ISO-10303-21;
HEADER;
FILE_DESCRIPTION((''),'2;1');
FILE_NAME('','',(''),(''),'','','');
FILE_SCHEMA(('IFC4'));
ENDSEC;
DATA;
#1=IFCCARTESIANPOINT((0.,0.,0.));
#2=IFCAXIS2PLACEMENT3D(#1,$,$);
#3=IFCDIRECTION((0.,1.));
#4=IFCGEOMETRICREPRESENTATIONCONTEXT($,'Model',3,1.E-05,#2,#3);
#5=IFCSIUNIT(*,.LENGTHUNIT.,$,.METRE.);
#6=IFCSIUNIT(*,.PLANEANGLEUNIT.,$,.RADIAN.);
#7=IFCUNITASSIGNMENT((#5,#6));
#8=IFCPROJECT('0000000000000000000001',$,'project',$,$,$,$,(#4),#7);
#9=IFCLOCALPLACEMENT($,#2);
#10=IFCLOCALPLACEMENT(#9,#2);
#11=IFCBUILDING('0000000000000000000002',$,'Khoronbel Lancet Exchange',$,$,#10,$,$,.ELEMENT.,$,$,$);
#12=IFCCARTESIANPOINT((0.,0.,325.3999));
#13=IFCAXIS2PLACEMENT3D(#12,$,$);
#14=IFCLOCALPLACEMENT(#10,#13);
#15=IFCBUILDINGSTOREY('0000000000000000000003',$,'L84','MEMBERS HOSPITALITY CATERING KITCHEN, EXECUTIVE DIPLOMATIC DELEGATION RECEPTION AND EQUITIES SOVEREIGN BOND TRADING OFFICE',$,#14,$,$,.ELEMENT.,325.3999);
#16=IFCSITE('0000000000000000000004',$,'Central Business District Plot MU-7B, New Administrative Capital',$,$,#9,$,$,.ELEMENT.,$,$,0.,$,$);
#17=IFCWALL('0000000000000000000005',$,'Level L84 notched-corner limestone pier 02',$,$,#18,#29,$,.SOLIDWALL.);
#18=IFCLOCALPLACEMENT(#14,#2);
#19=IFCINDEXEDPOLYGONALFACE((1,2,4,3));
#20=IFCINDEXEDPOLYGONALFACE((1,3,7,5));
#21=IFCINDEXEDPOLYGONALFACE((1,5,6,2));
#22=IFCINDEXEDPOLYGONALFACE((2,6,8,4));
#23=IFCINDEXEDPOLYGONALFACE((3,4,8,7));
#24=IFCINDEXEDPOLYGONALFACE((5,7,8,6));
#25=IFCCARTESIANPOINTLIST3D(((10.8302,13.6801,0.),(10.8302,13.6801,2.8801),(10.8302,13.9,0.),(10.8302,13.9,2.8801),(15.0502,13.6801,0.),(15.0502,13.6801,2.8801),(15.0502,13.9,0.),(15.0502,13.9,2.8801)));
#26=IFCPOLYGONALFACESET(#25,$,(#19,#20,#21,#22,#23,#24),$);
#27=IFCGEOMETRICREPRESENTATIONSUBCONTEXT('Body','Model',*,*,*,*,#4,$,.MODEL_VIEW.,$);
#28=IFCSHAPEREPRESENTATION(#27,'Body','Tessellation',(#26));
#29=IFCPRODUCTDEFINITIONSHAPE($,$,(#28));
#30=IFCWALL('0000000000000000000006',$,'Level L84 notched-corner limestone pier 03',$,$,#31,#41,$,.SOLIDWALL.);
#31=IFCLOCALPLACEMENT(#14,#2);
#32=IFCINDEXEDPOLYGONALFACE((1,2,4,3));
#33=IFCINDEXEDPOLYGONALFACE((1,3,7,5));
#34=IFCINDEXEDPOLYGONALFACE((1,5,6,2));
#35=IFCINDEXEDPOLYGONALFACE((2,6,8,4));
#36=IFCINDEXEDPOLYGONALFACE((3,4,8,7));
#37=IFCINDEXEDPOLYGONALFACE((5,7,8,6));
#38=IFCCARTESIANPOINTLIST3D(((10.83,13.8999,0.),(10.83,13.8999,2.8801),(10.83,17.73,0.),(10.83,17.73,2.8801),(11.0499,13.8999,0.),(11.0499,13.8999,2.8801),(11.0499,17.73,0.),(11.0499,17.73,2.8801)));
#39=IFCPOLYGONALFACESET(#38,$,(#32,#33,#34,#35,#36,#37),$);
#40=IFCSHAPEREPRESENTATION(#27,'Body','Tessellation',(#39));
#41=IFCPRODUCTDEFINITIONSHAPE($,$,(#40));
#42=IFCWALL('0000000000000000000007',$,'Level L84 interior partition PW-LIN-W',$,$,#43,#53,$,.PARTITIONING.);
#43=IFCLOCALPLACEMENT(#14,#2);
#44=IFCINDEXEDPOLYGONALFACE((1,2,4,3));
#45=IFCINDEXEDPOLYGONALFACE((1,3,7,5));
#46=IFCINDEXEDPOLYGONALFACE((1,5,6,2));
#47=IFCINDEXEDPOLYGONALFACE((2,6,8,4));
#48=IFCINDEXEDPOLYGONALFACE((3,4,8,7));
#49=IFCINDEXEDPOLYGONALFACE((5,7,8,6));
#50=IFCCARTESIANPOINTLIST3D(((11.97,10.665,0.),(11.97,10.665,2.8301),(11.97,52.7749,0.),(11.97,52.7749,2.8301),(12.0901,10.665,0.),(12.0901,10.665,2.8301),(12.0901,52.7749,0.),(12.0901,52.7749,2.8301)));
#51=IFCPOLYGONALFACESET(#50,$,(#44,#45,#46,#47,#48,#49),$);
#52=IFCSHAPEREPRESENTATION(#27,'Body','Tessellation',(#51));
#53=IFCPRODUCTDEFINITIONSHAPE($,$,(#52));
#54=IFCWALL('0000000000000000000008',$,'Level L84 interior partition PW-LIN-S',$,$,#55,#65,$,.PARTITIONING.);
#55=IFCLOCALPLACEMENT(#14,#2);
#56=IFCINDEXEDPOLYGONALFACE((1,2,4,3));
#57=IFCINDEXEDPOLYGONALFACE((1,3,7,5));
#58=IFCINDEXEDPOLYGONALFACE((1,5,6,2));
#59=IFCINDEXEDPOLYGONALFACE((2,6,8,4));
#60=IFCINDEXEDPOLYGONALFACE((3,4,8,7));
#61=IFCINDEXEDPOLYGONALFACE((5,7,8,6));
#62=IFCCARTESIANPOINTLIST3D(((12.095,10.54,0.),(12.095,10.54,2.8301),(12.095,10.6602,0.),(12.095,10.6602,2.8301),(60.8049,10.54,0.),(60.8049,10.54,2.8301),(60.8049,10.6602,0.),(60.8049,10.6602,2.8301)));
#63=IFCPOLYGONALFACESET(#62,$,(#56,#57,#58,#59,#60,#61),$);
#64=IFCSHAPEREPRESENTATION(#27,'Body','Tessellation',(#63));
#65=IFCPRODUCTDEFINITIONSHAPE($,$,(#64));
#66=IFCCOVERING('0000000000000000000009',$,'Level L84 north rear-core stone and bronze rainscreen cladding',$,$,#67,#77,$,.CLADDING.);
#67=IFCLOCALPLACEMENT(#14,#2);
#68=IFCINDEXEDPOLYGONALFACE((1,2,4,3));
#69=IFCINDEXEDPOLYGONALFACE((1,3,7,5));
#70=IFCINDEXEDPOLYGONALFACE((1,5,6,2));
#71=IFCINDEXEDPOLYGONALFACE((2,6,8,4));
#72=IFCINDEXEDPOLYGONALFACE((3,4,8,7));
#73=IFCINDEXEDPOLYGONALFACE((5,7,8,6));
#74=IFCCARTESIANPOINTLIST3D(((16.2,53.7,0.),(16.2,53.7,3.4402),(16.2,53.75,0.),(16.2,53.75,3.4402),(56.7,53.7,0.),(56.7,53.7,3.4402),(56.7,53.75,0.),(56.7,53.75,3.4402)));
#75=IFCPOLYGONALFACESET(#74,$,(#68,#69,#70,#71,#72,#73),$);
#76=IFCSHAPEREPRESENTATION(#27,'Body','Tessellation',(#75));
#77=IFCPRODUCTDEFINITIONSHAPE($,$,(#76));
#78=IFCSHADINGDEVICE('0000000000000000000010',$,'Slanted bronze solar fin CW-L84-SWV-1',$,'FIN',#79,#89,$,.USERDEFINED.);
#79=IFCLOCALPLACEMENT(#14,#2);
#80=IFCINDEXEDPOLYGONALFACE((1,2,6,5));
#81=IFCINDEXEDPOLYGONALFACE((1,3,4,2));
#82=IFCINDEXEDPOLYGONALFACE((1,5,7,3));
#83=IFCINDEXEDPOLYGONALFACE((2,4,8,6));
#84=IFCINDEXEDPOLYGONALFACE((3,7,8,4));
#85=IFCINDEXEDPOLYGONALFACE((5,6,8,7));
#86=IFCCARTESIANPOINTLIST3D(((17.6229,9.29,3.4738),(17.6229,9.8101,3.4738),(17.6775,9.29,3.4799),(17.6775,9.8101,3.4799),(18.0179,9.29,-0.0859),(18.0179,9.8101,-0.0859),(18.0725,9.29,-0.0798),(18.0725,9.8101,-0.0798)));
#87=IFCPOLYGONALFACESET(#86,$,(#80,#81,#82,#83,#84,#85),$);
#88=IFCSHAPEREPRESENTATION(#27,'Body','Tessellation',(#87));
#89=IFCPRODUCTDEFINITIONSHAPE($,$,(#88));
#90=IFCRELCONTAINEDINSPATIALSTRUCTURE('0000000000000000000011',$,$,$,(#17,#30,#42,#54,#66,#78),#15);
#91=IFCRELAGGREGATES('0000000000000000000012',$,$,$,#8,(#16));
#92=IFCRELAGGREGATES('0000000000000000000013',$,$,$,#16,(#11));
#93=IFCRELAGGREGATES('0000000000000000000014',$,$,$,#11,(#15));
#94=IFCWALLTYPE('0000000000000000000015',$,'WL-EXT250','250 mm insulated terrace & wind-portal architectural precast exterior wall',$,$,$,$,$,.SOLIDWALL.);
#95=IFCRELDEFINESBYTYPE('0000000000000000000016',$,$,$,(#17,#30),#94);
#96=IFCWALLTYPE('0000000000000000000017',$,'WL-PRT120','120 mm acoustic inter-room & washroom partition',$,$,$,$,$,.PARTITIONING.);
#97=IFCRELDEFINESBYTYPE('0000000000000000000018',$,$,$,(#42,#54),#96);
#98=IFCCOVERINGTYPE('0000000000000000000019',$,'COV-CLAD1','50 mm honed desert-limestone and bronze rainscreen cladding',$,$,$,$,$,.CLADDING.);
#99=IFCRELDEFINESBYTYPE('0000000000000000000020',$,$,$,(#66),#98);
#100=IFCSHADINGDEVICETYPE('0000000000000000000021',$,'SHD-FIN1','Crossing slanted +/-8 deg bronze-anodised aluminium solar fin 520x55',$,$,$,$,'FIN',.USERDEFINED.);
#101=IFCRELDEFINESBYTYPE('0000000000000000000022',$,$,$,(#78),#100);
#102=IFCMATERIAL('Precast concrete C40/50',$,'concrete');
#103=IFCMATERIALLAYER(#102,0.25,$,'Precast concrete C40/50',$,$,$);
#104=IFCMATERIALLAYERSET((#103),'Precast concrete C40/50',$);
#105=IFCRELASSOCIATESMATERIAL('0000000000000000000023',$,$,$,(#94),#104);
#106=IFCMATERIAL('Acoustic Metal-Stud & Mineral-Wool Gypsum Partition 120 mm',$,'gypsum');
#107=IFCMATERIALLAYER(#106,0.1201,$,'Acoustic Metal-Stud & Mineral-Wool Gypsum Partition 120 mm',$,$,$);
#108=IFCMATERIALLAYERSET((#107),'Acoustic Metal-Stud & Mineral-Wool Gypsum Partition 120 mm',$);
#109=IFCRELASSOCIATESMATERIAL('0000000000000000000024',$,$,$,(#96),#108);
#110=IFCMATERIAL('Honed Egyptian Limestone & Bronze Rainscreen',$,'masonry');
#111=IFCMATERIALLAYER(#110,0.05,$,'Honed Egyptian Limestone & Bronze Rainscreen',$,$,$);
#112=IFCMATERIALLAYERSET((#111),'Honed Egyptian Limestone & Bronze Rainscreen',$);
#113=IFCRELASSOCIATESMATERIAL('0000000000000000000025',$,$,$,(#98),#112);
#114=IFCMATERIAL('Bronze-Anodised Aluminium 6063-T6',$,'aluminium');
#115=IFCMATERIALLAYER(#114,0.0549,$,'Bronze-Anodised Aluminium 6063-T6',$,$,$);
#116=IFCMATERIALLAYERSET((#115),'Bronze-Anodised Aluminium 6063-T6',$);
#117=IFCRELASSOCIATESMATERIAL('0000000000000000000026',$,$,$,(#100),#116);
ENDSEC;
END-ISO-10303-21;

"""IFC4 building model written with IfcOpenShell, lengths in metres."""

from ifc_helpers import new_model, si_unit, direction, frame, frame_2d, origin, place, context, subcontext, project, spatial, polyline, rectangle, outline, extrude, material, layer, layer_set, type_object, element, save


model = new_model("IFC4")

# Units and contexts
model_context = context("Model", 3, precision=1e-05, world=origin(), true_north=direction((0.0, 1.0)))
body_context = subcontext(model_context, "Body", "Model", "MODEL_VIEW")
ifc_project = project(units=[si_unit("LENGTHUNIT", "METRE"), si_unit("PLANEANGLEUNIT", "RADIAN")], contexts=[model_context])

# Site, building, storey
site_placement = place(None, origin())
site = spatial("IfcSite", under=ifc_project, at=site_placement, Name="Central Business District Plot MU-7B, New Administrative Capital", CompositionType="ELEMENT", RefElevation=0.0)
building_placement = place(site_placement, origin())
building = spatial("IfcBuilding", under=site, at=building_placement, Name="Khoronbel Lancet Exchange", CompositionType="ELEMENT")
storey_placement = place(building_placement, frame((0.0, 0.0, 325.3999)))
storey = spatial("IfcBuildingStorey", under=building, at=storey_placement, Name="L84", Description="MEMBERS HOSPITALITY CATERING KITCHEN, EXECUTIVE DIPLOMATIC DELEGATION RECEPTION AND EQUITIES SOVEREIGN BOND TRADING OFFICE", CompositionType="ELEMENT", Elevation=325.3999)

# Shared definitions
ifc_material_1 = material(Name="Bronze-Anodised Aluminium 6063-T6", Category="aluminium")

# Walls
ifc_material_2 = material(Name="Precast concrete C40/50", Category="concrete")
ifc_layer_1 = layer(ifc_material_2, 0.25, Name="Precast concrete C40/50")
ifc_layer_set_1 = layer_set([ifc_layer_1], Name="Precast concrete C40/50")
wall_type_1 = type_object("IfcWallType", Name="WL-EXT250", Description="250 mm insulated terrace & wind-portal architectural precast exterior wall", PredefinedType="SOLIDWALL", material=ifc_layer_set_1)
wall_1_placement = place(storey_placement, frame((15.05, 13.79, 0.0), z_axis=(0.0, 0.0, 1.0), x_axis=(-1.0, 0.0, 0.0)))
element("IfcWall", 1, at=wall_1_placement, inside=storey, type_object=wall_type_1, Name="Level L84 notched-corner limestone pier 02", PredefinedType="SOLIDWALL", context=body_context, shape_type="SweptSolid", body=[
    extrude(rectangle(XDim=4.22, YDim=0.22, at=frame_2d((2.1099, 0.0))), origin(), (0.0, 0.0, 1.0), 2.8801),
])
wall_2_placement = place(storey_placement, frame((10.9399, 13.8999, 0.0), z_axis=(0.0, 0.0, 1.0), x_axis=(0.0, 1.0, 0.0)))
element("IfcWall", 2, at=wall_2_placement, inside=storey, type_object=wall_type_1, Name="Level L84 notched-corner limestone pier 03", PredefinedType="SOLIDWALL", context=body_context, shape_type="SweptSolid", body=[
    extrude(rectangle(XDim=3.8301, YDim=0.22, at=frame_2d((1.915, 0.0))), origin(), (0.0, 0.0, 1.0), 2.8801),
])
ifc_material_3 = material(Name="Acoustic Metal-Stud & Mineral-Wool Gypsum Partition 120 mm", Category="gypsum")
ifc_layer_2 = layer(ifc_material_3, 0.1201, Name="Acoustic Metal-Stud & Mineral-Wool Gypsum Partition 120 mm")
ifc_layer_set_2 = layer_set([ifc_layer_2], Name="Acoustic Metal-Stud & Mineral-Wool Gypsum Partition 120 mm")
wall_type_2 = type_object("IfcWallType", Name="WL-PRT120", Description="120 mm acoustic inter-room & washroom partition", PredefinedType="PARTITIONING", material=ifc_layer_set_2)
wall_3_placement = place(storey_placement, frame((12.03, 10.665, 0.0), z_axis=(0.0, 0.0, 1.0), x_axis=(0.0, 1.0, 0.0)))
element("IfcWall", 3, at=wall_3_placement, inside=storey, type_object=wall_type_2, Name="Level L84 interior partition PW-LIN-W", PredefinedType="PARTITIONING", context=body_context, shape_type="SweptSolid", body=[
    extrude(rectangle(XDim=42.1099, YDim=0.1201, at=frame_2d((21.0549, 0.0))), origin(), (0.0, 0.0, 1.0), 2.8301),
])
wall_4_placement = place(storey_placement, frame((12.095, 10.6001, 0.0), z_axis=(0.0, 0.0, 1.0), x_axis=(1.0, 0.0, 0.0)))
element("IfcWall", 4, at=wall_4_placement, inside=storey, type_object=wall_type_2, Name="Level L84 interior partition PW-LIN-S", PredefinedType="PARTITIONING", context=body_context, shape_type="SweptSolid", body=[
    extrude(rectangle(XDim=48.71, YDim=0.1201, at=frame_2d((24.355, 0.0))), origin(), (0.0, 0.0, 1.0), 2.8301),
])

# Covering
ifc_material_4 = material(Name="Honed Egyptian Limestone & Bronze Rainscreen", Category="masonry")
ifc_layer_3 = layer(ifc_material_4, 0.05, Name="Honed Egyptian Limestone & Bronze Rainscreen")
ifc_layer_set_3 = layer_set([ifc_layer_3], Name="Honed Egyptian Limestone & Bronze Rainscreen")
covering_type = type_object("IfcCoveringType", Name="COV-CLAD1", Description="50 mm honed desert-limestone and bronze rainscreen cladding", PredefinedType="CLADDING", material=ifc_layer_set_3)
covering_placement = place(storey_placement, origin())
element("IfcCovering", 5, at=covering_placement, inside=storey, type_object=covering_type, Name="Level L84 north rear-core stone and bronze rainscreen cladding", PredefinedType="CLADDING", context=body_context, shape_type="SweptSolid", body=[
    extrude(outline(polyline([(16.2, 53.7), (56.7, 53.7), (56.7, 53.75), (16.2, 53.75), (16.2, 53.7)])), origin(), (0.0, 0.0, 1.0), 3.4402),
])

# Shading device
ifc_layer_4 = layer(ifc_material_1, 0.0549, Name="Bronze-Anodised Aluminium 6063-T6")
ifc_layer_set_4 = layer_set([ifc_layer_4], Name="Bronze-Anodised Aluminium 6063-T6")
shading_device_type = type_object("IfcShadingDeviceType", Name="SHD-FIN1", Description="Crossing slanted +/-8 deg bronze-anodised aluminium solar fin 520x55", ElementType="FIN", PredefinedType="USERDEFINED", material=ifc_layer_set_4)
shading_device_placement = place(storey_placement, frame((18.0725, 9.8101, -0.0798), z_axis=(0.9939, 0.0, 0.110289), x_axis=(0.0, -1.0, 0.0)))
element("IfcShadingDevice", 6, at=shading_device_placement, inside=storey, type_object=shading_device_type, Name="Slanted bronze solar fin CW-L84-SWV-1", ObjectType="FIN", PredefinedType="USERDEFINED", context=body_context, shape_type="SweptSolid", body=[
    extrude(outline(polyline([(0.0, 0.0), (0.52, 0.0), (0.52, -3.5815), (0.0, -3.5815), (0.0, 0.0)])), origin(), (0.0, 0.0, -1.0), 0.0549),
])

save(model, "model.ifc")
